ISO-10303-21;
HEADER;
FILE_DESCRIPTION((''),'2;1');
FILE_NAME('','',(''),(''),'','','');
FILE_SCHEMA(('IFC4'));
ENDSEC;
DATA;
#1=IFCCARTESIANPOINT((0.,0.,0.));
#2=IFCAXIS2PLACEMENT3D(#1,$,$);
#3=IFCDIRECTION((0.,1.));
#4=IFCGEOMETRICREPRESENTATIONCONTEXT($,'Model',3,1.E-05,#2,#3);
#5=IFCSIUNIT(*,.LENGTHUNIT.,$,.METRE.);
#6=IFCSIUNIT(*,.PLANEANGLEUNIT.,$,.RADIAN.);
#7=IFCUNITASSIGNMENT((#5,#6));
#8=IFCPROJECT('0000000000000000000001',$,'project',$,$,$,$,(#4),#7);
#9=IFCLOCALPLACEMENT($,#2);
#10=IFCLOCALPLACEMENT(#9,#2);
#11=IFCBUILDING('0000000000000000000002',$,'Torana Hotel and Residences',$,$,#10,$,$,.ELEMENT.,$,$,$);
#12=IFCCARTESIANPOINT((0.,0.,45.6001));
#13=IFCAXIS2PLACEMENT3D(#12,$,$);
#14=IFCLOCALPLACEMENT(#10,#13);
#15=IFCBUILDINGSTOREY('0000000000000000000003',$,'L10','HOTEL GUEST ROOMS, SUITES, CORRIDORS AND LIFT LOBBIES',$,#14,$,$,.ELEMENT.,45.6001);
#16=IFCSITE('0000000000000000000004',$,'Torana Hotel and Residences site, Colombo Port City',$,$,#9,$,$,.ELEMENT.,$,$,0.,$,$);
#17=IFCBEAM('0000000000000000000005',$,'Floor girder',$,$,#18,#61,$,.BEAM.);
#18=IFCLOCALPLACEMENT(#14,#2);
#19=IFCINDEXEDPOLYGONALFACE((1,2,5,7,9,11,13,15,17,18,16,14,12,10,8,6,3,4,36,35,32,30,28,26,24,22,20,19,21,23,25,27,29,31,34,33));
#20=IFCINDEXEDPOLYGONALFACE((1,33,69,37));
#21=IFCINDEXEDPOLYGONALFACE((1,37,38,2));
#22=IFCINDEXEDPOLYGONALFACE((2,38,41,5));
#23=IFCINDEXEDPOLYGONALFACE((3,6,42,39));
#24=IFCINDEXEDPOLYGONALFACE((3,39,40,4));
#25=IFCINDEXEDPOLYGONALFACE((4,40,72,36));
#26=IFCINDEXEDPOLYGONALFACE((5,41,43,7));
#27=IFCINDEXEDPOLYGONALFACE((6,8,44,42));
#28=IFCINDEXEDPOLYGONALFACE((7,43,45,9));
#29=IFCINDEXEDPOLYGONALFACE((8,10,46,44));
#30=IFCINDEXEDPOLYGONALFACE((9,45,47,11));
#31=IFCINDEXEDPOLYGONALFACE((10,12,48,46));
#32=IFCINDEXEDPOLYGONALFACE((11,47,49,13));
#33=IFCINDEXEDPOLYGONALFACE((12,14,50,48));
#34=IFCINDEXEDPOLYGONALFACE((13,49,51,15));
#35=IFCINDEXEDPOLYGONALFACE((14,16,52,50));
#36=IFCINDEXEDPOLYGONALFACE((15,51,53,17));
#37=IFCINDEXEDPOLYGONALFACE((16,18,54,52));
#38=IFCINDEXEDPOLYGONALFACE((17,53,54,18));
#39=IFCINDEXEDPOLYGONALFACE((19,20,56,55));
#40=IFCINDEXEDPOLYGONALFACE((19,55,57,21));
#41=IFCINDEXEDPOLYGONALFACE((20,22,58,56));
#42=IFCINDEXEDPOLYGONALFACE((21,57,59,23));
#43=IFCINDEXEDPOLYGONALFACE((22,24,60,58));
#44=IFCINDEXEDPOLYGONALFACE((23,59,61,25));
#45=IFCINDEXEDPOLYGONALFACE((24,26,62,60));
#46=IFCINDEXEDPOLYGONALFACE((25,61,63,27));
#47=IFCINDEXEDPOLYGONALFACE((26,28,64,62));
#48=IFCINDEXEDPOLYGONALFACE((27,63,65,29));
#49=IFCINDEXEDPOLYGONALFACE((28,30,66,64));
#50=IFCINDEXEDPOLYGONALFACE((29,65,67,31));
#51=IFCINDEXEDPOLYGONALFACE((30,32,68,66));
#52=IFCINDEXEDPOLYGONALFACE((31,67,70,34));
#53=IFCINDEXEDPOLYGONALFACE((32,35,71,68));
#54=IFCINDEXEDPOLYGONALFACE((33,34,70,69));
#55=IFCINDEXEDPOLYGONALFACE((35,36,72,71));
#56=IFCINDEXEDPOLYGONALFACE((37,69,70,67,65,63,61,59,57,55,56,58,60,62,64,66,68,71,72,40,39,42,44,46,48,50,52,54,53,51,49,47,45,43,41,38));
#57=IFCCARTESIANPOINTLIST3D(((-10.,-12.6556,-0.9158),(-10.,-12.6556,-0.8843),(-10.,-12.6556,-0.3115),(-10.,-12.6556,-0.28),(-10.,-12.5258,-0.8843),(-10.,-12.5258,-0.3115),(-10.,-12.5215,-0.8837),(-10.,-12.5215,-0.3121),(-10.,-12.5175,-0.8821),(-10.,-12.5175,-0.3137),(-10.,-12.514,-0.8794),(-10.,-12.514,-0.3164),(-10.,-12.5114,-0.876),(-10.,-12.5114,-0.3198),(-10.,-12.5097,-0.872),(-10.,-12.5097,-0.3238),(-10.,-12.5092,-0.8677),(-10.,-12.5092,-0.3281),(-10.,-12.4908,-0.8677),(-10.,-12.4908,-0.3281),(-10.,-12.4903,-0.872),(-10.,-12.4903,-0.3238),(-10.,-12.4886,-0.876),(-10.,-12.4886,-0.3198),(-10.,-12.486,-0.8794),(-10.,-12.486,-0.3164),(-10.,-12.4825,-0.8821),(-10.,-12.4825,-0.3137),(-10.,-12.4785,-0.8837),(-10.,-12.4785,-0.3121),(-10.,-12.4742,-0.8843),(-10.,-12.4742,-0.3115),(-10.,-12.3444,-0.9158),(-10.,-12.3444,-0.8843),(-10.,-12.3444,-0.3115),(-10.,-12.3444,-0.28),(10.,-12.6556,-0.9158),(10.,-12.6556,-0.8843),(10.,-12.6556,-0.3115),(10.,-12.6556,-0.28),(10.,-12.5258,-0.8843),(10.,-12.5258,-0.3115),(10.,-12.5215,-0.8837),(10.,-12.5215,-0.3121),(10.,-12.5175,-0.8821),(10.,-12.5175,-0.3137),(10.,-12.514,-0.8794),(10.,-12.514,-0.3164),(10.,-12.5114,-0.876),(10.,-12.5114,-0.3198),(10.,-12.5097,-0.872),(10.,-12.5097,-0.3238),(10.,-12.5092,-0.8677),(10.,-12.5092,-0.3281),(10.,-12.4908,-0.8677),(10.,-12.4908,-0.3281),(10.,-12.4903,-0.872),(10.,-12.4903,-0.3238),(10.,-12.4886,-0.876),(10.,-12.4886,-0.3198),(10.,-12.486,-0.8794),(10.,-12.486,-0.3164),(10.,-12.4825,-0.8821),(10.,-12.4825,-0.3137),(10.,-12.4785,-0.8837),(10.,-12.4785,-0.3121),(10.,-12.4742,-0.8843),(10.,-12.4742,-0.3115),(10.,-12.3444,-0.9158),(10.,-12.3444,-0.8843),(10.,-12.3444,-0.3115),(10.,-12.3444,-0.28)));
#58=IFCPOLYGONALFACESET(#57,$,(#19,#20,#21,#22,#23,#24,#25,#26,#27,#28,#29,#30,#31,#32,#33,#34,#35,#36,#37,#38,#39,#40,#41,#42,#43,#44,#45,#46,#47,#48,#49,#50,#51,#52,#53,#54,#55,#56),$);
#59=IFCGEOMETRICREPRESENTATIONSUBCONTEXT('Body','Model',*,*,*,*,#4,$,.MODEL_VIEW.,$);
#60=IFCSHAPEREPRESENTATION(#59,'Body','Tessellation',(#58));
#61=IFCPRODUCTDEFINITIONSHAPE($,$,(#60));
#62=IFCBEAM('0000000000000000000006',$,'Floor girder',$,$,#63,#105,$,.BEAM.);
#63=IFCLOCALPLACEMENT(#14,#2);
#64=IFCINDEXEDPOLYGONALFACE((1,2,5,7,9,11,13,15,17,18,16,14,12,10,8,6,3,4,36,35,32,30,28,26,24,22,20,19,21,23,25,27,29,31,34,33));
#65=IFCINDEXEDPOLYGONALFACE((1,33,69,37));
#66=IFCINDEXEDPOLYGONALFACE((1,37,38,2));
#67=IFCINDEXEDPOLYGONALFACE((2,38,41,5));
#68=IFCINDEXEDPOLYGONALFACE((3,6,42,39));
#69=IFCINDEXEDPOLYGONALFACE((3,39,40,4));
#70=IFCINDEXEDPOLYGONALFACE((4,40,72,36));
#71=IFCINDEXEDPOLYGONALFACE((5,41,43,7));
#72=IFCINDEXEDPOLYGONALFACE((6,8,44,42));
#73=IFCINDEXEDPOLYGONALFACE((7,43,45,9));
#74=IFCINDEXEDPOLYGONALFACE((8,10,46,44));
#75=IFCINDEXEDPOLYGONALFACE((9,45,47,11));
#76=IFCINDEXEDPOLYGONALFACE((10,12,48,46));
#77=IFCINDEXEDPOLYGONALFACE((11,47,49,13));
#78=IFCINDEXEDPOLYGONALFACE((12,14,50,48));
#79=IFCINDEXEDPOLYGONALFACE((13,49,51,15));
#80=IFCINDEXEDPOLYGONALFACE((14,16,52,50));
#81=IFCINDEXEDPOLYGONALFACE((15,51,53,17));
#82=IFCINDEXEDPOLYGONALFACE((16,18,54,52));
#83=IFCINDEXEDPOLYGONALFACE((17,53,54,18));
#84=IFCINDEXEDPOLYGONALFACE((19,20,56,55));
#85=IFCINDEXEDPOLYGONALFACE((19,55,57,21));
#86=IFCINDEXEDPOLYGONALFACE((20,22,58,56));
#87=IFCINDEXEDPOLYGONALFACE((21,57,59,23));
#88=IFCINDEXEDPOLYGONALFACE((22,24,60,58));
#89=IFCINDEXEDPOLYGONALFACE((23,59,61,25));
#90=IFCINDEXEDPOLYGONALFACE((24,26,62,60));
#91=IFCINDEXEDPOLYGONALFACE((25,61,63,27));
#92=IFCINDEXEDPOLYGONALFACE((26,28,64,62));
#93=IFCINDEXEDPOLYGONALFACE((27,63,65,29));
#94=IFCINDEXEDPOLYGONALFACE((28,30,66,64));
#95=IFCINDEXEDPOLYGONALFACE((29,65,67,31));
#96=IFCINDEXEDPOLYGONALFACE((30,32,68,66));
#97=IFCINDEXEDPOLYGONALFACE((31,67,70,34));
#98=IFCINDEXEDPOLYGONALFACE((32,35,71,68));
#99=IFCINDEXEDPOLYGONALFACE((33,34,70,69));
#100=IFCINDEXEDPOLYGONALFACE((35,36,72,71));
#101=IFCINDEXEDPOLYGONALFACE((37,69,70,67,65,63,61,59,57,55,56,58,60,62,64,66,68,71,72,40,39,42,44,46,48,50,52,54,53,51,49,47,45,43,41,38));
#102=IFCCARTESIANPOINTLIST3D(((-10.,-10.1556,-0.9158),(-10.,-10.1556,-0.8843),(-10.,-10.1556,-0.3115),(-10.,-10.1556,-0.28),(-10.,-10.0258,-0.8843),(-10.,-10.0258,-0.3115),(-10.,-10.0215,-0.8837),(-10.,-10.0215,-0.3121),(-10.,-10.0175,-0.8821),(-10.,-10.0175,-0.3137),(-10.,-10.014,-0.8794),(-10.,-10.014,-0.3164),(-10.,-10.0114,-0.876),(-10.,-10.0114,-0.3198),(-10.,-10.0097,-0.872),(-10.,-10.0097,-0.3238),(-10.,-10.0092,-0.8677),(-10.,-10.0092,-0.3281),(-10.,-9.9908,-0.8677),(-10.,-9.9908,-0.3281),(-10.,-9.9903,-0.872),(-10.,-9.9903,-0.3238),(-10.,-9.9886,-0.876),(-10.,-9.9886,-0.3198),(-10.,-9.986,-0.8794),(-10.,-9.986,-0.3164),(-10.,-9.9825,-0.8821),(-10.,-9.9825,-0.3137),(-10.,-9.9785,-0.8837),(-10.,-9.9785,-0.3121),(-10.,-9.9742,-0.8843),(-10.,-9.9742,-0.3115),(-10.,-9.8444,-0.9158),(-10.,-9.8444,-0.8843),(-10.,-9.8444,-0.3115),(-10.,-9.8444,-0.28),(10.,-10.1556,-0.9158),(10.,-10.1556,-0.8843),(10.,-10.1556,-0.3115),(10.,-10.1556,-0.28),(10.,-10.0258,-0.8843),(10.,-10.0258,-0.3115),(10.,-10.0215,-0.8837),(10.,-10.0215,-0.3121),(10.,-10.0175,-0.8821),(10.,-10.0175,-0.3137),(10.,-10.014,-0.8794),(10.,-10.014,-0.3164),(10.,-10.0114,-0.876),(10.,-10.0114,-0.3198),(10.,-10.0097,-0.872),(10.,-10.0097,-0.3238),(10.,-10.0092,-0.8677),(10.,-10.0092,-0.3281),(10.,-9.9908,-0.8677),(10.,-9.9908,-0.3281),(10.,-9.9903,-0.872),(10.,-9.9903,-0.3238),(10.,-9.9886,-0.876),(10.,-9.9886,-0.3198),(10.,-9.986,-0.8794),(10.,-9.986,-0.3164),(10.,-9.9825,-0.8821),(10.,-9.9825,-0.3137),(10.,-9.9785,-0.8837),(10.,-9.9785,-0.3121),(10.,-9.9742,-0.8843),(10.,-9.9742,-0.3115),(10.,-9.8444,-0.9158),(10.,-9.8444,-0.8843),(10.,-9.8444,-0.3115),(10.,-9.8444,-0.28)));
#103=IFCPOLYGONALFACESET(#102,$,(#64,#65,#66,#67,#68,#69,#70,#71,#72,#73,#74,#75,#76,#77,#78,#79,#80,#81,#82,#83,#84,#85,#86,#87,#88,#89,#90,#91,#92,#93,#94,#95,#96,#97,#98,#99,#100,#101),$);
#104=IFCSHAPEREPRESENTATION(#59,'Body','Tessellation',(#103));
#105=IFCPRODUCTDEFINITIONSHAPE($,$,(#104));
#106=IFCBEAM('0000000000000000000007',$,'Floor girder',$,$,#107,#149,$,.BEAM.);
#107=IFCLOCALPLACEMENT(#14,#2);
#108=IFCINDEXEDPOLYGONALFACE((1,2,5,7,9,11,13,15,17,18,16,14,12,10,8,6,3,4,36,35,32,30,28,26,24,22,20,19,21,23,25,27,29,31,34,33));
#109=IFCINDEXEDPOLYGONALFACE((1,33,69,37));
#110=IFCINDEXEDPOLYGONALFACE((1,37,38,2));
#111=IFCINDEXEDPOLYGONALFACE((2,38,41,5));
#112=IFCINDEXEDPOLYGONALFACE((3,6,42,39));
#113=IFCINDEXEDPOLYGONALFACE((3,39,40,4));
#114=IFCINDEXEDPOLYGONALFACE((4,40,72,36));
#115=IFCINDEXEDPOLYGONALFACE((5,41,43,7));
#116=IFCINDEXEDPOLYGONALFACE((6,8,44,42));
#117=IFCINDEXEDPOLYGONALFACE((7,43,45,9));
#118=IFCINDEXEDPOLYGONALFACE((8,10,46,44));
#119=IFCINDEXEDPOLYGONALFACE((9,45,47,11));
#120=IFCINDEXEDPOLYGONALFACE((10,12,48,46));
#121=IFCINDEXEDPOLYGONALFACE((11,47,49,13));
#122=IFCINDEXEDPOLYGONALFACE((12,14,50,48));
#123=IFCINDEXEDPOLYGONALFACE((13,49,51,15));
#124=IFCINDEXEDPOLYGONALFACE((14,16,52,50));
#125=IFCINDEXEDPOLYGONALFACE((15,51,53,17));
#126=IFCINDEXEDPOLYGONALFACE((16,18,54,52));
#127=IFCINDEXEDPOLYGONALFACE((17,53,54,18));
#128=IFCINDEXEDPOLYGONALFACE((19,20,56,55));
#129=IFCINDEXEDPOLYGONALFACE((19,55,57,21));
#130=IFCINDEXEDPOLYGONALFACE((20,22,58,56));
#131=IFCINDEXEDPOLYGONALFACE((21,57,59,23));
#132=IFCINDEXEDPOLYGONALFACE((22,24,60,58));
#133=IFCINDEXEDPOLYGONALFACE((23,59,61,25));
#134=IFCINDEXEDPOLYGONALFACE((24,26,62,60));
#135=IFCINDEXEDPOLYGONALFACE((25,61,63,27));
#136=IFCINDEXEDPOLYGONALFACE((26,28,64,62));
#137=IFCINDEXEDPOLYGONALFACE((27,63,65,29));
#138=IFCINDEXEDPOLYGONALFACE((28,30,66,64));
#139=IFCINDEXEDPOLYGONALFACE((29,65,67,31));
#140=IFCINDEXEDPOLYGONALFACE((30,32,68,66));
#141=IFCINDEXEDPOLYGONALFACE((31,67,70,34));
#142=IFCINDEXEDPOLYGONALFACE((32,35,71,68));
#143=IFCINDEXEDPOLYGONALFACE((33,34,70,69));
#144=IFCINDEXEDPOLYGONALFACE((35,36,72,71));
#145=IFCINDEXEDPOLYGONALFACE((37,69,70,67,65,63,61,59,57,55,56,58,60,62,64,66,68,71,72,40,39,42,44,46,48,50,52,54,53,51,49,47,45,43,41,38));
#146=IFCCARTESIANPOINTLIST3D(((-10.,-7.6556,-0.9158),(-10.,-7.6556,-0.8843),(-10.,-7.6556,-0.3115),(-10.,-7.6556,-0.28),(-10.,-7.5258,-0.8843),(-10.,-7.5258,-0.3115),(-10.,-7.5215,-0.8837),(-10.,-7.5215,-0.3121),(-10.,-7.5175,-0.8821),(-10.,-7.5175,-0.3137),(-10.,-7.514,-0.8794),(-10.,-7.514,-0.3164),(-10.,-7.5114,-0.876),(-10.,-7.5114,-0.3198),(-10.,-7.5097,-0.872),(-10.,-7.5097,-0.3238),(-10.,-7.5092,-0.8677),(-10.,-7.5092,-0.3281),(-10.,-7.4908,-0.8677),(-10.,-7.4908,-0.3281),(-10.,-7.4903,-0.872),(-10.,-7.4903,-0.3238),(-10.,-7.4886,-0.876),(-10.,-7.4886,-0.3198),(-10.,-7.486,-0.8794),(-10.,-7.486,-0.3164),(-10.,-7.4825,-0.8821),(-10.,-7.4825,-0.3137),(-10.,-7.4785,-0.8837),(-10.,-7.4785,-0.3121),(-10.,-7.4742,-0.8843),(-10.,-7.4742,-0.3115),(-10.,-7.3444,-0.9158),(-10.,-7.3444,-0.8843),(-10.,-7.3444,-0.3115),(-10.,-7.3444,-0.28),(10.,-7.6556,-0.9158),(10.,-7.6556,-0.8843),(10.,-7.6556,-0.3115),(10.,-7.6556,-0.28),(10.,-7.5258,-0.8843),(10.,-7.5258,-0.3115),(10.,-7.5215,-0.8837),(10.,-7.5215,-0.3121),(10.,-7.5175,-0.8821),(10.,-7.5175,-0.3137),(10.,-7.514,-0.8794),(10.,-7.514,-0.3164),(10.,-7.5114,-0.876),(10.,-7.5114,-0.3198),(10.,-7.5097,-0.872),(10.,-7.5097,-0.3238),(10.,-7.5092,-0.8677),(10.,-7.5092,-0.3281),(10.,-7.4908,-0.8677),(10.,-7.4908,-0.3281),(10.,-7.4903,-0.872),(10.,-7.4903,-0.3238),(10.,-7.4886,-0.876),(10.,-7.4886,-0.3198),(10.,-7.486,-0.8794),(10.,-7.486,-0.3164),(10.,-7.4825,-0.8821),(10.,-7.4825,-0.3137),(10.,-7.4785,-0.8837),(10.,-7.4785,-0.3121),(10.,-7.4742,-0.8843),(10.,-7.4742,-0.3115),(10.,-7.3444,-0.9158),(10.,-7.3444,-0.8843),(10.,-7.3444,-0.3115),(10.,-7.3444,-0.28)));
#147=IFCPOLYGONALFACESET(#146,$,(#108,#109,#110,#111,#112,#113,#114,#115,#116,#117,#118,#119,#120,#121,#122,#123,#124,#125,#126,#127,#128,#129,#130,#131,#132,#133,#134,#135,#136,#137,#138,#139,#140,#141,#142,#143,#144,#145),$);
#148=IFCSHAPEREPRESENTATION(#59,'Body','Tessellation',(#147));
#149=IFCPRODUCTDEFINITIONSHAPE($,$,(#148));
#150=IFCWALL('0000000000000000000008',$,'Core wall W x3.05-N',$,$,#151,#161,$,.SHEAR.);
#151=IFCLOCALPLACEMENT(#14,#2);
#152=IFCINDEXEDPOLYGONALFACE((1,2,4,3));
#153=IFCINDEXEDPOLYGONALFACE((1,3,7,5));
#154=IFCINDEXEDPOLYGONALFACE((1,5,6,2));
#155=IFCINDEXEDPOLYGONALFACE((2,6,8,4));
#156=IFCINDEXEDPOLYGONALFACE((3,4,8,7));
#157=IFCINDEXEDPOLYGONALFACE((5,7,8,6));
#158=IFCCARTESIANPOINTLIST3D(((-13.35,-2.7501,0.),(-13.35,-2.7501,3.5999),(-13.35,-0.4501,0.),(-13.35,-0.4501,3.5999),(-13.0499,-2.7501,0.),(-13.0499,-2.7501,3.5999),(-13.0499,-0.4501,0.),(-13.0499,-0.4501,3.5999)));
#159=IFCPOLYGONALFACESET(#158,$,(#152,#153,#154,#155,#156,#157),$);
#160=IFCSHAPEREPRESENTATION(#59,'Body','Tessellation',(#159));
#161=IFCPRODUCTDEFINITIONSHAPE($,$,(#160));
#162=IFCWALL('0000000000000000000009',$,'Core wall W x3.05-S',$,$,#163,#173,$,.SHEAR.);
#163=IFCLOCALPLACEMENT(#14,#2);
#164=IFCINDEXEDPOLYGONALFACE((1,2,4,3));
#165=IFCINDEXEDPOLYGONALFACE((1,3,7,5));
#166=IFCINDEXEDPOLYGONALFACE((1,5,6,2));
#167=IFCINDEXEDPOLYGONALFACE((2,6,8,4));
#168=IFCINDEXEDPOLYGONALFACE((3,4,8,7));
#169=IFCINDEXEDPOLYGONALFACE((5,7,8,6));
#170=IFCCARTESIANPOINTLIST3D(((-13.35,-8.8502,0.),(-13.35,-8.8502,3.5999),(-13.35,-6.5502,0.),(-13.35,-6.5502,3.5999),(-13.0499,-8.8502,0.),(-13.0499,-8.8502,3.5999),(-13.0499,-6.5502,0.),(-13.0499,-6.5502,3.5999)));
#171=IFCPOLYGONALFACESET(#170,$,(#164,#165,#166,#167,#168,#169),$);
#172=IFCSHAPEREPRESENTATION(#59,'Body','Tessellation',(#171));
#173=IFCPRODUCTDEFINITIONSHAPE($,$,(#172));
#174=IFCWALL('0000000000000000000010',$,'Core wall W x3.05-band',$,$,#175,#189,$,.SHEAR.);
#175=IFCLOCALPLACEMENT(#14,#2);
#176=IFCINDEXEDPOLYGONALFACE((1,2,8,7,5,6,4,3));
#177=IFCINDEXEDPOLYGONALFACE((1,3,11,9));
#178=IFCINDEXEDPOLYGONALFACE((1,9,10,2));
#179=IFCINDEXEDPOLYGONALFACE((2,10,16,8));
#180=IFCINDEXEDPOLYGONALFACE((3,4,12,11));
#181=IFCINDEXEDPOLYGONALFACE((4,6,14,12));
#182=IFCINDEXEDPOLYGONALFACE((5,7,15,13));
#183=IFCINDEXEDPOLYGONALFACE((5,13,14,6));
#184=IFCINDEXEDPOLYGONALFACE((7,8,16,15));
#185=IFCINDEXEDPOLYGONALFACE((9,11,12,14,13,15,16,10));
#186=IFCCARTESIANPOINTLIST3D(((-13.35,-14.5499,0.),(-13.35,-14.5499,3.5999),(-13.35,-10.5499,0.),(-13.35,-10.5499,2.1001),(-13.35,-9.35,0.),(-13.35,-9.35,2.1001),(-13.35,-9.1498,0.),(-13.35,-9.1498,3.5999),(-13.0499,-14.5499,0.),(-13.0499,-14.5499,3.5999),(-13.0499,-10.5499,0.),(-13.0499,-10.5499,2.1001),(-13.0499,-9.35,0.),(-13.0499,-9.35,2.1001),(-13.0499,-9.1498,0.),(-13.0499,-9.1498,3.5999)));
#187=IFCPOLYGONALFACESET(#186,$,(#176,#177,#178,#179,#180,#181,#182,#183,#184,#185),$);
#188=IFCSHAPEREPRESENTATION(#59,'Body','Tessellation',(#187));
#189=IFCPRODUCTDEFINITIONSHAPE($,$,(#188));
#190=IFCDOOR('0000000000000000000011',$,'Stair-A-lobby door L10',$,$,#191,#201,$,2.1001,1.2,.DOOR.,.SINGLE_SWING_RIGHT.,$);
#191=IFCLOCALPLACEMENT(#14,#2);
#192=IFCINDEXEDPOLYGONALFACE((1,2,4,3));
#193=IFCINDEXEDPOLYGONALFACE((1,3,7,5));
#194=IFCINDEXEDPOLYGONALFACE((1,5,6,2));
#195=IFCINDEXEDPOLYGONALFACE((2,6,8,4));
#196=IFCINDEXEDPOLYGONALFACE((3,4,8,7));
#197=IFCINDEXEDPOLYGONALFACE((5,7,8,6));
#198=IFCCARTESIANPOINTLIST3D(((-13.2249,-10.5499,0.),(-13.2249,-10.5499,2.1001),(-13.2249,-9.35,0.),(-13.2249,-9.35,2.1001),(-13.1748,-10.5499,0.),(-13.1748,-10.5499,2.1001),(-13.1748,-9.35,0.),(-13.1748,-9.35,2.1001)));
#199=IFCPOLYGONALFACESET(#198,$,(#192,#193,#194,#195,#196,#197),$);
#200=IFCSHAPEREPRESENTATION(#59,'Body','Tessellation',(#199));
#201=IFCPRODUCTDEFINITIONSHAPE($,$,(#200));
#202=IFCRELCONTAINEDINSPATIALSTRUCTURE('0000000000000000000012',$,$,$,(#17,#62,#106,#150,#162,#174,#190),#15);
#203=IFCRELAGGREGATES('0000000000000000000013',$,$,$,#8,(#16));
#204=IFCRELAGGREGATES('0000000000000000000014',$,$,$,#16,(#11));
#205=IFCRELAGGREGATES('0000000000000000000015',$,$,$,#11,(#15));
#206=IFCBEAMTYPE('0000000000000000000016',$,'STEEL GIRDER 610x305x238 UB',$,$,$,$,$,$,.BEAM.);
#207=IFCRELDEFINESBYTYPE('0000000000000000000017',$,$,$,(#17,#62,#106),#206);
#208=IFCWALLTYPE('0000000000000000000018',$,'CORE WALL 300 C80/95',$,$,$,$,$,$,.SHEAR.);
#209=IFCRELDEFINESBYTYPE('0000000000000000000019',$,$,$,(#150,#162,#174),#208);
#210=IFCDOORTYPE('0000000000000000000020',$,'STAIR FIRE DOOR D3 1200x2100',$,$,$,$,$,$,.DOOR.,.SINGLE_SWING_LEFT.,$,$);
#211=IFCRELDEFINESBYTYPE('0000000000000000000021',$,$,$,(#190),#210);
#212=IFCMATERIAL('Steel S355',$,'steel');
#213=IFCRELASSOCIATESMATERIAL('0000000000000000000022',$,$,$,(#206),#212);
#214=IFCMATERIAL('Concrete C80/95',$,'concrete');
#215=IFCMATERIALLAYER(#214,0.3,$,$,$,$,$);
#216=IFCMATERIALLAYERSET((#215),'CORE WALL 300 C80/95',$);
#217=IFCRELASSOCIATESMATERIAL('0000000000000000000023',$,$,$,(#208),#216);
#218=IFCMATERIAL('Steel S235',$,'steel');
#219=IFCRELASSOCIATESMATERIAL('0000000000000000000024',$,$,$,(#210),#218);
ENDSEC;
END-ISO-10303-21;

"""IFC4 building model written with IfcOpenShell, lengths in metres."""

from ifc_helpers import new_model, si_unit, direction, frame, frame_2d, origin, origin_2d, place, context, subcontext, project, spatial, rectangle, i_section, extrude, material, layer, layer_set, material_profile, profile_set, type_object, element, fill, save


model = new_model("IFC4")

# Units and contexts
model_context = context("Model", 3, precision=1e-05, world=origin(), true_north=direction((0.0, 1.0)))
body_context = subcontext(model_context, "Body", "Model", "MODEL_VIEW")
ifc_project = project(units=[si_unit("LENGTHUNIT", "METRE"), si_unit("PLANEANGLEUNIT", "RADIAN")], contexts=[model_context])

# Site, building, storey
site_placement = place(None, origin())
site = spatial("IfcSite", under=ifc_project, at=site_placement, Name="Torana Hotel and Residences site, Colombo Port City", CompositionType="ELEMENT", RefElevation=0.0)
building_placement = place(site_placement, origin())
building = spatial("IfcBuilding", under=site, at=building_placement, Name="Torana Hotel and Residences", CompositionType="ELEMENT")
storey_placement = place(building_placement, frame((0.0, 0.0, 45.6001)))
storey = spatial("IfcBuildingStorey", under=building, at=storey_placement, Name="L10", Description="HOTEL GUEST ROOMS, SUITES, CORRIDORS AND LIFT LOBBIES", CompositionType="ELEMENT", Elevation=45.6001)

# Beams
ifc_material_1 = material(Name="Steel S355", Category="steel")
ifc_material_profile = material_profile(ifc_material_1, i_section(OverallWidth=0.3113, OverallDepth=0.6357, WebThickness=0.0183, FlangeThickness=0.0315, FilletRadius=0.0166, at=origin_2d()), Name="610x305x238 UB")
ifc_profile_set = profile_set([ifc_material_profile], Name="Steel S355")
beam_type = type_object("IfcBeamType", Name="STEEL GIRDER 610x305x238 UB", PredefinedType="BEAM", material=ifc_profile_set)
for number, where, z_axis, x_axis, name in (
    (1, (-10.0, -12.5, -0.5979), (1.0, 0.0, 0.0), (0.0, 1.0, 0.0), "Floor girder"),
    (2, (-10.0, -10.0, -0.5979), (1.0, 0.0, 0.0), (0.0, 1.0, 0.0), "Floor girder"),
    (3, (-10.0, -7.5, -0.5979), (1.0, 0.0, 0.0), (0.0, 1.0, 0.0), "Floor girder"),
):
    element("IfcBeam", number, at=place(storey_placement, frame(where, z_axis=z_axis, x_axis=x_axis)), inside=storey, type_object=beam_type, Name=name, PredefinedType="BEAM", context=body_context, shape_type="SweptSolid", body=[
        extrude(i_section(OverallWidth=0.3113, OverallDepth=0.6357, WebThickness=0.0183, FlangeThickness=0.0315, FilletRadius=0.0166, at=origin_2d()), origin(), (0.0, 0.0, 1.0), 20.0),
    ])

# Walls
ifc_material_2 = material(Name="Concrete C80/95", Category="concrete")
ifc_layer_1 = layer(ifc_material_2, 0.3)
ifc_layer_set_1 = layer_set([ifc_layer_1], Name="CORE WALL 300 C80/95")
wall_type_1 = type_object("IfcWallType", Name="CORE WALL 300 C80/95", PredefinedType="SHEAR", material=ifc_layer_set_1)
for number, where, z_axis, x_axis, name in (
    (4, (-13.2, -2.75, 0.0), (0.0, 0.0, 1.0), (0.0, 1.0, 0.0), "Core wall W x3.05-N"),
    (5, (-13.2, -8.8501, 0.0), (0.0, 0.0, 1.0), (0.0, 1.0, 0.0), "Core wall W x3.05-S"),
):
    element("IfcWall", number, at=place(storey_placement, frame(where, z_axis=z_axis, x_axis=x_axis)), inside=storey, type_object=wall_type_1, Name=name, PredefinedType="SHEAR", context=body_context, shape_type="SweptSolid", body=[
        extrude(rectangle(XDim=2.3, YDim=0.3, at=frame_2d((1.1499, 0.0))), origin(), (0.0, 0.0, 1.0), 3.5999),
    ])

# Wall, opening, door
wall_1_placement = place(storey_placement, frame((-13.2, -14.55, 0.0), z_axis=(0.0, 0.0, 1.0), x_axis=(0.0, 1.0, 0.0)))
wall_1 = element("IfcWall", 6, at=wall_1_placement, inside=storey, type_object=wall_type_1, Name="Core wall W x3.05-band", PredefinedType="SHEAR", context=body_context, shape_type="SweptSolid", body=[
    extrude(rectangle(XDim=5.4001, YDim=0.3, at=frame_2d((2.7002, 0.0))), origin(), (0.0, 0.0, 1.0), 3.5999),
])
opening_1_placement = place(wall_1_placement, frame((4.0, 0.0, 0.0)))
opening_1 = element("IfcOpeningElement", 7, at=opening_1_placement, cuts=wall_1, PredefinedType="OPENING", context=body_context, shape_type="SweptSolid", body=[
    extrude(rectangle(XDim=1.2, YDim=2.1001, at=frame_2d((0.6001, 1.05))), frame((0.0, 0.1599, 0.0), z_axis=(0.0, -1.0, 0.0), x_axis=(1.0, 0.0, 0.0)), (0.0, 0.0, 1.0), 0.3201),
])
ifc_material_3 = material(Name="Steel S235", Category="steel")
door_type_1 = type_object("IfcDoorType", Name="STAIR FIRE DOOR D3 1200x2100", OperationType="SINGLE_SWING_LEFT", PredefinedType="DOOR", material=ifc_material_3)
door_1_placement = place(opening_1_placement, frame((0.6001, 0.0, 0.0), z_axis=(0.0, 0.0, 1.0), x_axis=(-1.0, 0.0, 0.0)))
door_1 = element("IfcDoor", 8, at=door_1_placement, inside=storey, type_object=door_type_1, Name="Stair-A-lobby door L10", OperationType="SINGLE_SWING_RIGHT", OverallHeight=2.1001, OverallWidth=1.2, PredefinedType="DOOR", context=body_context, shape_type="SweptSolid", body=[
    extrude(rectangle(XDim=1.2, YDim=2.1001, at=frame_2d((0.0, 1.05))), frame((0.0, -0.0249, 0.0), z_axis=(0.0, 1.0, 0.0), x_axis=(-1.0, 0.0, 0.0)), (0.0, 0.0, 1.0), 0.05),
])
fill(opening_1, door_1)

save(model, "model.ifc")
